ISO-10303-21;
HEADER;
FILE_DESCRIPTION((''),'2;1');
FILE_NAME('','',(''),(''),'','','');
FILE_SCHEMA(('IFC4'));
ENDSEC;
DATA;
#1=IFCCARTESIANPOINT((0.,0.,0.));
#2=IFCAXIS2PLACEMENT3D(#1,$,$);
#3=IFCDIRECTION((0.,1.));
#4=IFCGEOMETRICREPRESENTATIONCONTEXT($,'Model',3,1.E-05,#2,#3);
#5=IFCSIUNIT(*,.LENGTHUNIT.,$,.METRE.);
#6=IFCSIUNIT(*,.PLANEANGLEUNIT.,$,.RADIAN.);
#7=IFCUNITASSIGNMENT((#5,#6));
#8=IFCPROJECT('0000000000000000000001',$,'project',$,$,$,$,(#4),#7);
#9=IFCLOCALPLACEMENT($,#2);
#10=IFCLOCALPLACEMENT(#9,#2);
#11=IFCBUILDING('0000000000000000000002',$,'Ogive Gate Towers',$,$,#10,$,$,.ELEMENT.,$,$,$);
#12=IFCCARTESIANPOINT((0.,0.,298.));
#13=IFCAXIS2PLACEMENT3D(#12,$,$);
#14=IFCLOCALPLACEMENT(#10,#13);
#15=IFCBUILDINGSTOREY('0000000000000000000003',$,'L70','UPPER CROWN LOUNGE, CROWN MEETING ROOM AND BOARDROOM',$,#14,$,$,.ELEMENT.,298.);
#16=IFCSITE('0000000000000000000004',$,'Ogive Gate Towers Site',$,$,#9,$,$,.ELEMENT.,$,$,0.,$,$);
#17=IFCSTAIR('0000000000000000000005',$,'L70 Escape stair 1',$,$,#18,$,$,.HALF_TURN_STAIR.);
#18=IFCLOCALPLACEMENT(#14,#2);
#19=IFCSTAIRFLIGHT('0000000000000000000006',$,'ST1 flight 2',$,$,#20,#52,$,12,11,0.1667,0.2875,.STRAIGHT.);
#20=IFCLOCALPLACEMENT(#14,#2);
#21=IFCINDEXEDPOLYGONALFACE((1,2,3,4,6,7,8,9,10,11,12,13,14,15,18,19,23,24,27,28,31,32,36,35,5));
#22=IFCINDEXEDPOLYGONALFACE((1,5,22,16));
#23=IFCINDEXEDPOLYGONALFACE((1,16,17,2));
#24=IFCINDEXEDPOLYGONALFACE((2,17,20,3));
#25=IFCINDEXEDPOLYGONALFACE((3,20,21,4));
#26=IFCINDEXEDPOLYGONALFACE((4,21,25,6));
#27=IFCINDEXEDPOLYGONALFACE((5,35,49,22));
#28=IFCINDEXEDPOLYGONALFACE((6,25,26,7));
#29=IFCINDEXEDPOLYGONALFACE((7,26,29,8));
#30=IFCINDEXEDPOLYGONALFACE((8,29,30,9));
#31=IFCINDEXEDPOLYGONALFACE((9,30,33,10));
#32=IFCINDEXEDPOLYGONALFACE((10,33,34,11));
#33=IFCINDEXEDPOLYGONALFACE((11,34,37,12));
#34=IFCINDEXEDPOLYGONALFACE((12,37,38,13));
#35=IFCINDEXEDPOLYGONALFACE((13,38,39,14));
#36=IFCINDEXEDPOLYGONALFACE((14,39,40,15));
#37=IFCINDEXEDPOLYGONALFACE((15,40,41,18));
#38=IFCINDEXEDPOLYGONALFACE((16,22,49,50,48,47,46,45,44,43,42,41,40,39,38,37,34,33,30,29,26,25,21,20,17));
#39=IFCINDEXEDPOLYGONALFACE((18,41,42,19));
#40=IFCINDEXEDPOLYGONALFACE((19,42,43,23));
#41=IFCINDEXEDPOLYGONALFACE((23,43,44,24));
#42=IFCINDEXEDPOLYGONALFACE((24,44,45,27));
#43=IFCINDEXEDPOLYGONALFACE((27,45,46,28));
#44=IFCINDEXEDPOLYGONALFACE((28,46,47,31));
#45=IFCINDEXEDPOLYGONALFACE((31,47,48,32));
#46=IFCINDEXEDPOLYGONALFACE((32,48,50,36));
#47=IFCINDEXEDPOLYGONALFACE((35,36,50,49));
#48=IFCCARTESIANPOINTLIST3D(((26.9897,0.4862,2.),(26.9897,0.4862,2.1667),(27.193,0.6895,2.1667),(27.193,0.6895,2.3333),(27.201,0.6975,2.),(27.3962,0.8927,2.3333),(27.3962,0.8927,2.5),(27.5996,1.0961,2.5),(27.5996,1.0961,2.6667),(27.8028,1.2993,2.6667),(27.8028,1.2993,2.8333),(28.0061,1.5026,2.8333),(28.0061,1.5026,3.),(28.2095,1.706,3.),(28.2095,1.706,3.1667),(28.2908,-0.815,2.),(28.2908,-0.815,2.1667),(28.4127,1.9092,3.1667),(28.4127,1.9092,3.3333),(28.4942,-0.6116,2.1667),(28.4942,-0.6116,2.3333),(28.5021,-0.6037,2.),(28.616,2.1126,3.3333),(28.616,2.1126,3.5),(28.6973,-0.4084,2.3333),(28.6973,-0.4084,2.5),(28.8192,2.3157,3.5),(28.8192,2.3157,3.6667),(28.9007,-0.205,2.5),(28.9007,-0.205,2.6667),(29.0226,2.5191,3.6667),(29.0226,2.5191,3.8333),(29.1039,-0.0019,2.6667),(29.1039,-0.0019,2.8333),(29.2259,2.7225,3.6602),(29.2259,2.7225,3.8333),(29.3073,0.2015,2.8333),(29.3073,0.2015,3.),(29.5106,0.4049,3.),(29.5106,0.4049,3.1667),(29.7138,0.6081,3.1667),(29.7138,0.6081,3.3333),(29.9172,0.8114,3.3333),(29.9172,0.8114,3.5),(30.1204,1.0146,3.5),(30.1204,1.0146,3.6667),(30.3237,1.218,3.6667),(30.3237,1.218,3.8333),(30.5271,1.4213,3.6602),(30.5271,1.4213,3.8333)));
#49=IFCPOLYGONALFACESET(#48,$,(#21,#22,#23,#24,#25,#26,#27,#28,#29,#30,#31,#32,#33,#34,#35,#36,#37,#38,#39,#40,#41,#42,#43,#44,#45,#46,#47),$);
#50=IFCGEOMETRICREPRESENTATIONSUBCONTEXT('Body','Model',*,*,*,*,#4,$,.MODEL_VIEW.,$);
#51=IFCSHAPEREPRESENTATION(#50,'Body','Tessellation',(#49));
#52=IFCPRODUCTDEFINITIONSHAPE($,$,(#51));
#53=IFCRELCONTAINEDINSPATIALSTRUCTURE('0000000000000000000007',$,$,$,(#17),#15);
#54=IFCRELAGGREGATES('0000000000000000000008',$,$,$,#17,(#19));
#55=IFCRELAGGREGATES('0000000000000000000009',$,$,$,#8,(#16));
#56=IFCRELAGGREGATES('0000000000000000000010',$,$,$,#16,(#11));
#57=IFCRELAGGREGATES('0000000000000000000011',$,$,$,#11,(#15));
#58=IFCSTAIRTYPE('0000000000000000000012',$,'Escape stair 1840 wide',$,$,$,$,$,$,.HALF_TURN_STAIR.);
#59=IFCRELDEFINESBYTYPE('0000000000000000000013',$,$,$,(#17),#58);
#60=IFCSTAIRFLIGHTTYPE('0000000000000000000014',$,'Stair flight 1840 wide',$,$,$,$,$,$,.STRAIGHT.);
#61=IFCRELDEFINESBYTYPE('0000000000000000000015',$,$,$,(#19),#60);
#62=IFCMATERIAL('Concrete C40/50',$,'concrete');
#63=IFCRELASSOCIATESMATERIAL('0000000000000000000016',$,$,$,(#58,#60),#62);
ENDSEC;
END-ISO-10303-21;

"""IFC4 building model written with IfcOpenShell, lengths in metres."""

from ifc_helpers import new_model, si_unit, direction, frame, origin, place, context, subcontext, project, spatial, polyline, outline, extrude, material, type_object, element, aggregate, save


model = new_model("IFC4")

# Units and contexts
model_context = context("Model", 3, precision=1e-05, world=origin(), true_north=direction((0.0, 1.0)))
body_context = subcontext(model_context, "Body", "Model", "MODEL_VIEW")
ifc_project = project(units=[si_unit("LENGTHUNIT", "METRE"), si_unit("PLANEANGLEUNIT", "RADIAN")], contexts=[model_context])

# Site, building, storey
site_placement = place(None, origin())
site = spatial("IfcSite", under=ifc_project, at=site_placement, Name="Ogive Gate Towers Site", CompositionType="ELEMENT", RefElevation=0.0)
building_placement = place(site_placement, origin())
building = spatial("IfcBuilding", under=site, at=building_placement, Name="Ogive Gate Towers", CompositionType="ELEMENT")
storey_placement = place(building_placement, frame((0.0, 0.0, 298.0)))
storey = spatial("IfcBuildingStorey", under=building, at=storey_placement, Name="L70", Description="UPPER CROWN LOUNGE, CROWN MEETING ROOM AND BOARDROOM", CompositionType="ELEMENT", Elevation=298.0)

# Stair, stair flight
ifc_material_1 = material(Name="Concrete C40/50", Category="concrete")
stair_type = type_object("IfcStairType", Name="Escape stair 1840 wide", PredefinedType="HALF_TURN_STAIR", material=ifc_material_1)
stair_placement = place(storey_placement, origin())
stair = element("IfcStair", 1, at=stair_placement, inside=storey, type_object=stair_type, Name="L70 Escape stair 1", PredefinedType="HALF_TURN_STAIR")
stair_flight_type = type_object("IfcStairFlightType", Name="Stair flight 1840 wide", PredefinedType="STRAIGHT", material=ifc_material_1)
stair_flight_placement = place(storey_placement, frame((27.6401, -0.1643, 2.0), z_axis=(0.0, 0.0, 1.0), x_axis=(0.707107, 0.707107, 0.0)))
stair_flight = element("IfcStairFlight", 2, at=stair_flight_placement, type_object=stair_flight_type, Name="ST1 flight 2", NumberOfRisers=12, NumberOfTreads=11, PredefinedType="STRAIGHT", RiserHeight=0.1667, TreadLength=0.2875, context=body_context, shape_type="SweptSolid", body=[
    extrude(outline(polyline([(0.0, 0.0), (0.0, 0.1667), (0.2876, 0.1667), (0.2876, 0.3333), (0.575, 0.3333), (0.575, 0.5), (0.8625, 0.5), (0.8625, 0.6667), (1.1499, 0.6667), (1.1499, 0.8333), (1.4375, 0.8333), (1.4375, 1.0), (1.7251, 1.0), (1.7251, 1.1667), (2.0125, 1.1667), (2.0125, 1.3333), (2.3, 1.3333), (2.3, 1.5), (2.5874, 1.5), (2.5874, 1.6667), (2.875, 1.6667), (2.875, 1.8333), (3.1626, 1.8333), (3.1626, 2.0), (3.1626, 1.6602), (0.2988, 0.0), (0.0, 0.0)])), frame((0.0, 0.9199, 0.0), z_axis=(0.0, -1.0, 0.0), x_axis=(1.0, 0.0, 0.0)), (0.0, 0.0, 1.0), 1.8401),
])
aggregate(stair, [stair_flight])

save(model, "model.ifc")
